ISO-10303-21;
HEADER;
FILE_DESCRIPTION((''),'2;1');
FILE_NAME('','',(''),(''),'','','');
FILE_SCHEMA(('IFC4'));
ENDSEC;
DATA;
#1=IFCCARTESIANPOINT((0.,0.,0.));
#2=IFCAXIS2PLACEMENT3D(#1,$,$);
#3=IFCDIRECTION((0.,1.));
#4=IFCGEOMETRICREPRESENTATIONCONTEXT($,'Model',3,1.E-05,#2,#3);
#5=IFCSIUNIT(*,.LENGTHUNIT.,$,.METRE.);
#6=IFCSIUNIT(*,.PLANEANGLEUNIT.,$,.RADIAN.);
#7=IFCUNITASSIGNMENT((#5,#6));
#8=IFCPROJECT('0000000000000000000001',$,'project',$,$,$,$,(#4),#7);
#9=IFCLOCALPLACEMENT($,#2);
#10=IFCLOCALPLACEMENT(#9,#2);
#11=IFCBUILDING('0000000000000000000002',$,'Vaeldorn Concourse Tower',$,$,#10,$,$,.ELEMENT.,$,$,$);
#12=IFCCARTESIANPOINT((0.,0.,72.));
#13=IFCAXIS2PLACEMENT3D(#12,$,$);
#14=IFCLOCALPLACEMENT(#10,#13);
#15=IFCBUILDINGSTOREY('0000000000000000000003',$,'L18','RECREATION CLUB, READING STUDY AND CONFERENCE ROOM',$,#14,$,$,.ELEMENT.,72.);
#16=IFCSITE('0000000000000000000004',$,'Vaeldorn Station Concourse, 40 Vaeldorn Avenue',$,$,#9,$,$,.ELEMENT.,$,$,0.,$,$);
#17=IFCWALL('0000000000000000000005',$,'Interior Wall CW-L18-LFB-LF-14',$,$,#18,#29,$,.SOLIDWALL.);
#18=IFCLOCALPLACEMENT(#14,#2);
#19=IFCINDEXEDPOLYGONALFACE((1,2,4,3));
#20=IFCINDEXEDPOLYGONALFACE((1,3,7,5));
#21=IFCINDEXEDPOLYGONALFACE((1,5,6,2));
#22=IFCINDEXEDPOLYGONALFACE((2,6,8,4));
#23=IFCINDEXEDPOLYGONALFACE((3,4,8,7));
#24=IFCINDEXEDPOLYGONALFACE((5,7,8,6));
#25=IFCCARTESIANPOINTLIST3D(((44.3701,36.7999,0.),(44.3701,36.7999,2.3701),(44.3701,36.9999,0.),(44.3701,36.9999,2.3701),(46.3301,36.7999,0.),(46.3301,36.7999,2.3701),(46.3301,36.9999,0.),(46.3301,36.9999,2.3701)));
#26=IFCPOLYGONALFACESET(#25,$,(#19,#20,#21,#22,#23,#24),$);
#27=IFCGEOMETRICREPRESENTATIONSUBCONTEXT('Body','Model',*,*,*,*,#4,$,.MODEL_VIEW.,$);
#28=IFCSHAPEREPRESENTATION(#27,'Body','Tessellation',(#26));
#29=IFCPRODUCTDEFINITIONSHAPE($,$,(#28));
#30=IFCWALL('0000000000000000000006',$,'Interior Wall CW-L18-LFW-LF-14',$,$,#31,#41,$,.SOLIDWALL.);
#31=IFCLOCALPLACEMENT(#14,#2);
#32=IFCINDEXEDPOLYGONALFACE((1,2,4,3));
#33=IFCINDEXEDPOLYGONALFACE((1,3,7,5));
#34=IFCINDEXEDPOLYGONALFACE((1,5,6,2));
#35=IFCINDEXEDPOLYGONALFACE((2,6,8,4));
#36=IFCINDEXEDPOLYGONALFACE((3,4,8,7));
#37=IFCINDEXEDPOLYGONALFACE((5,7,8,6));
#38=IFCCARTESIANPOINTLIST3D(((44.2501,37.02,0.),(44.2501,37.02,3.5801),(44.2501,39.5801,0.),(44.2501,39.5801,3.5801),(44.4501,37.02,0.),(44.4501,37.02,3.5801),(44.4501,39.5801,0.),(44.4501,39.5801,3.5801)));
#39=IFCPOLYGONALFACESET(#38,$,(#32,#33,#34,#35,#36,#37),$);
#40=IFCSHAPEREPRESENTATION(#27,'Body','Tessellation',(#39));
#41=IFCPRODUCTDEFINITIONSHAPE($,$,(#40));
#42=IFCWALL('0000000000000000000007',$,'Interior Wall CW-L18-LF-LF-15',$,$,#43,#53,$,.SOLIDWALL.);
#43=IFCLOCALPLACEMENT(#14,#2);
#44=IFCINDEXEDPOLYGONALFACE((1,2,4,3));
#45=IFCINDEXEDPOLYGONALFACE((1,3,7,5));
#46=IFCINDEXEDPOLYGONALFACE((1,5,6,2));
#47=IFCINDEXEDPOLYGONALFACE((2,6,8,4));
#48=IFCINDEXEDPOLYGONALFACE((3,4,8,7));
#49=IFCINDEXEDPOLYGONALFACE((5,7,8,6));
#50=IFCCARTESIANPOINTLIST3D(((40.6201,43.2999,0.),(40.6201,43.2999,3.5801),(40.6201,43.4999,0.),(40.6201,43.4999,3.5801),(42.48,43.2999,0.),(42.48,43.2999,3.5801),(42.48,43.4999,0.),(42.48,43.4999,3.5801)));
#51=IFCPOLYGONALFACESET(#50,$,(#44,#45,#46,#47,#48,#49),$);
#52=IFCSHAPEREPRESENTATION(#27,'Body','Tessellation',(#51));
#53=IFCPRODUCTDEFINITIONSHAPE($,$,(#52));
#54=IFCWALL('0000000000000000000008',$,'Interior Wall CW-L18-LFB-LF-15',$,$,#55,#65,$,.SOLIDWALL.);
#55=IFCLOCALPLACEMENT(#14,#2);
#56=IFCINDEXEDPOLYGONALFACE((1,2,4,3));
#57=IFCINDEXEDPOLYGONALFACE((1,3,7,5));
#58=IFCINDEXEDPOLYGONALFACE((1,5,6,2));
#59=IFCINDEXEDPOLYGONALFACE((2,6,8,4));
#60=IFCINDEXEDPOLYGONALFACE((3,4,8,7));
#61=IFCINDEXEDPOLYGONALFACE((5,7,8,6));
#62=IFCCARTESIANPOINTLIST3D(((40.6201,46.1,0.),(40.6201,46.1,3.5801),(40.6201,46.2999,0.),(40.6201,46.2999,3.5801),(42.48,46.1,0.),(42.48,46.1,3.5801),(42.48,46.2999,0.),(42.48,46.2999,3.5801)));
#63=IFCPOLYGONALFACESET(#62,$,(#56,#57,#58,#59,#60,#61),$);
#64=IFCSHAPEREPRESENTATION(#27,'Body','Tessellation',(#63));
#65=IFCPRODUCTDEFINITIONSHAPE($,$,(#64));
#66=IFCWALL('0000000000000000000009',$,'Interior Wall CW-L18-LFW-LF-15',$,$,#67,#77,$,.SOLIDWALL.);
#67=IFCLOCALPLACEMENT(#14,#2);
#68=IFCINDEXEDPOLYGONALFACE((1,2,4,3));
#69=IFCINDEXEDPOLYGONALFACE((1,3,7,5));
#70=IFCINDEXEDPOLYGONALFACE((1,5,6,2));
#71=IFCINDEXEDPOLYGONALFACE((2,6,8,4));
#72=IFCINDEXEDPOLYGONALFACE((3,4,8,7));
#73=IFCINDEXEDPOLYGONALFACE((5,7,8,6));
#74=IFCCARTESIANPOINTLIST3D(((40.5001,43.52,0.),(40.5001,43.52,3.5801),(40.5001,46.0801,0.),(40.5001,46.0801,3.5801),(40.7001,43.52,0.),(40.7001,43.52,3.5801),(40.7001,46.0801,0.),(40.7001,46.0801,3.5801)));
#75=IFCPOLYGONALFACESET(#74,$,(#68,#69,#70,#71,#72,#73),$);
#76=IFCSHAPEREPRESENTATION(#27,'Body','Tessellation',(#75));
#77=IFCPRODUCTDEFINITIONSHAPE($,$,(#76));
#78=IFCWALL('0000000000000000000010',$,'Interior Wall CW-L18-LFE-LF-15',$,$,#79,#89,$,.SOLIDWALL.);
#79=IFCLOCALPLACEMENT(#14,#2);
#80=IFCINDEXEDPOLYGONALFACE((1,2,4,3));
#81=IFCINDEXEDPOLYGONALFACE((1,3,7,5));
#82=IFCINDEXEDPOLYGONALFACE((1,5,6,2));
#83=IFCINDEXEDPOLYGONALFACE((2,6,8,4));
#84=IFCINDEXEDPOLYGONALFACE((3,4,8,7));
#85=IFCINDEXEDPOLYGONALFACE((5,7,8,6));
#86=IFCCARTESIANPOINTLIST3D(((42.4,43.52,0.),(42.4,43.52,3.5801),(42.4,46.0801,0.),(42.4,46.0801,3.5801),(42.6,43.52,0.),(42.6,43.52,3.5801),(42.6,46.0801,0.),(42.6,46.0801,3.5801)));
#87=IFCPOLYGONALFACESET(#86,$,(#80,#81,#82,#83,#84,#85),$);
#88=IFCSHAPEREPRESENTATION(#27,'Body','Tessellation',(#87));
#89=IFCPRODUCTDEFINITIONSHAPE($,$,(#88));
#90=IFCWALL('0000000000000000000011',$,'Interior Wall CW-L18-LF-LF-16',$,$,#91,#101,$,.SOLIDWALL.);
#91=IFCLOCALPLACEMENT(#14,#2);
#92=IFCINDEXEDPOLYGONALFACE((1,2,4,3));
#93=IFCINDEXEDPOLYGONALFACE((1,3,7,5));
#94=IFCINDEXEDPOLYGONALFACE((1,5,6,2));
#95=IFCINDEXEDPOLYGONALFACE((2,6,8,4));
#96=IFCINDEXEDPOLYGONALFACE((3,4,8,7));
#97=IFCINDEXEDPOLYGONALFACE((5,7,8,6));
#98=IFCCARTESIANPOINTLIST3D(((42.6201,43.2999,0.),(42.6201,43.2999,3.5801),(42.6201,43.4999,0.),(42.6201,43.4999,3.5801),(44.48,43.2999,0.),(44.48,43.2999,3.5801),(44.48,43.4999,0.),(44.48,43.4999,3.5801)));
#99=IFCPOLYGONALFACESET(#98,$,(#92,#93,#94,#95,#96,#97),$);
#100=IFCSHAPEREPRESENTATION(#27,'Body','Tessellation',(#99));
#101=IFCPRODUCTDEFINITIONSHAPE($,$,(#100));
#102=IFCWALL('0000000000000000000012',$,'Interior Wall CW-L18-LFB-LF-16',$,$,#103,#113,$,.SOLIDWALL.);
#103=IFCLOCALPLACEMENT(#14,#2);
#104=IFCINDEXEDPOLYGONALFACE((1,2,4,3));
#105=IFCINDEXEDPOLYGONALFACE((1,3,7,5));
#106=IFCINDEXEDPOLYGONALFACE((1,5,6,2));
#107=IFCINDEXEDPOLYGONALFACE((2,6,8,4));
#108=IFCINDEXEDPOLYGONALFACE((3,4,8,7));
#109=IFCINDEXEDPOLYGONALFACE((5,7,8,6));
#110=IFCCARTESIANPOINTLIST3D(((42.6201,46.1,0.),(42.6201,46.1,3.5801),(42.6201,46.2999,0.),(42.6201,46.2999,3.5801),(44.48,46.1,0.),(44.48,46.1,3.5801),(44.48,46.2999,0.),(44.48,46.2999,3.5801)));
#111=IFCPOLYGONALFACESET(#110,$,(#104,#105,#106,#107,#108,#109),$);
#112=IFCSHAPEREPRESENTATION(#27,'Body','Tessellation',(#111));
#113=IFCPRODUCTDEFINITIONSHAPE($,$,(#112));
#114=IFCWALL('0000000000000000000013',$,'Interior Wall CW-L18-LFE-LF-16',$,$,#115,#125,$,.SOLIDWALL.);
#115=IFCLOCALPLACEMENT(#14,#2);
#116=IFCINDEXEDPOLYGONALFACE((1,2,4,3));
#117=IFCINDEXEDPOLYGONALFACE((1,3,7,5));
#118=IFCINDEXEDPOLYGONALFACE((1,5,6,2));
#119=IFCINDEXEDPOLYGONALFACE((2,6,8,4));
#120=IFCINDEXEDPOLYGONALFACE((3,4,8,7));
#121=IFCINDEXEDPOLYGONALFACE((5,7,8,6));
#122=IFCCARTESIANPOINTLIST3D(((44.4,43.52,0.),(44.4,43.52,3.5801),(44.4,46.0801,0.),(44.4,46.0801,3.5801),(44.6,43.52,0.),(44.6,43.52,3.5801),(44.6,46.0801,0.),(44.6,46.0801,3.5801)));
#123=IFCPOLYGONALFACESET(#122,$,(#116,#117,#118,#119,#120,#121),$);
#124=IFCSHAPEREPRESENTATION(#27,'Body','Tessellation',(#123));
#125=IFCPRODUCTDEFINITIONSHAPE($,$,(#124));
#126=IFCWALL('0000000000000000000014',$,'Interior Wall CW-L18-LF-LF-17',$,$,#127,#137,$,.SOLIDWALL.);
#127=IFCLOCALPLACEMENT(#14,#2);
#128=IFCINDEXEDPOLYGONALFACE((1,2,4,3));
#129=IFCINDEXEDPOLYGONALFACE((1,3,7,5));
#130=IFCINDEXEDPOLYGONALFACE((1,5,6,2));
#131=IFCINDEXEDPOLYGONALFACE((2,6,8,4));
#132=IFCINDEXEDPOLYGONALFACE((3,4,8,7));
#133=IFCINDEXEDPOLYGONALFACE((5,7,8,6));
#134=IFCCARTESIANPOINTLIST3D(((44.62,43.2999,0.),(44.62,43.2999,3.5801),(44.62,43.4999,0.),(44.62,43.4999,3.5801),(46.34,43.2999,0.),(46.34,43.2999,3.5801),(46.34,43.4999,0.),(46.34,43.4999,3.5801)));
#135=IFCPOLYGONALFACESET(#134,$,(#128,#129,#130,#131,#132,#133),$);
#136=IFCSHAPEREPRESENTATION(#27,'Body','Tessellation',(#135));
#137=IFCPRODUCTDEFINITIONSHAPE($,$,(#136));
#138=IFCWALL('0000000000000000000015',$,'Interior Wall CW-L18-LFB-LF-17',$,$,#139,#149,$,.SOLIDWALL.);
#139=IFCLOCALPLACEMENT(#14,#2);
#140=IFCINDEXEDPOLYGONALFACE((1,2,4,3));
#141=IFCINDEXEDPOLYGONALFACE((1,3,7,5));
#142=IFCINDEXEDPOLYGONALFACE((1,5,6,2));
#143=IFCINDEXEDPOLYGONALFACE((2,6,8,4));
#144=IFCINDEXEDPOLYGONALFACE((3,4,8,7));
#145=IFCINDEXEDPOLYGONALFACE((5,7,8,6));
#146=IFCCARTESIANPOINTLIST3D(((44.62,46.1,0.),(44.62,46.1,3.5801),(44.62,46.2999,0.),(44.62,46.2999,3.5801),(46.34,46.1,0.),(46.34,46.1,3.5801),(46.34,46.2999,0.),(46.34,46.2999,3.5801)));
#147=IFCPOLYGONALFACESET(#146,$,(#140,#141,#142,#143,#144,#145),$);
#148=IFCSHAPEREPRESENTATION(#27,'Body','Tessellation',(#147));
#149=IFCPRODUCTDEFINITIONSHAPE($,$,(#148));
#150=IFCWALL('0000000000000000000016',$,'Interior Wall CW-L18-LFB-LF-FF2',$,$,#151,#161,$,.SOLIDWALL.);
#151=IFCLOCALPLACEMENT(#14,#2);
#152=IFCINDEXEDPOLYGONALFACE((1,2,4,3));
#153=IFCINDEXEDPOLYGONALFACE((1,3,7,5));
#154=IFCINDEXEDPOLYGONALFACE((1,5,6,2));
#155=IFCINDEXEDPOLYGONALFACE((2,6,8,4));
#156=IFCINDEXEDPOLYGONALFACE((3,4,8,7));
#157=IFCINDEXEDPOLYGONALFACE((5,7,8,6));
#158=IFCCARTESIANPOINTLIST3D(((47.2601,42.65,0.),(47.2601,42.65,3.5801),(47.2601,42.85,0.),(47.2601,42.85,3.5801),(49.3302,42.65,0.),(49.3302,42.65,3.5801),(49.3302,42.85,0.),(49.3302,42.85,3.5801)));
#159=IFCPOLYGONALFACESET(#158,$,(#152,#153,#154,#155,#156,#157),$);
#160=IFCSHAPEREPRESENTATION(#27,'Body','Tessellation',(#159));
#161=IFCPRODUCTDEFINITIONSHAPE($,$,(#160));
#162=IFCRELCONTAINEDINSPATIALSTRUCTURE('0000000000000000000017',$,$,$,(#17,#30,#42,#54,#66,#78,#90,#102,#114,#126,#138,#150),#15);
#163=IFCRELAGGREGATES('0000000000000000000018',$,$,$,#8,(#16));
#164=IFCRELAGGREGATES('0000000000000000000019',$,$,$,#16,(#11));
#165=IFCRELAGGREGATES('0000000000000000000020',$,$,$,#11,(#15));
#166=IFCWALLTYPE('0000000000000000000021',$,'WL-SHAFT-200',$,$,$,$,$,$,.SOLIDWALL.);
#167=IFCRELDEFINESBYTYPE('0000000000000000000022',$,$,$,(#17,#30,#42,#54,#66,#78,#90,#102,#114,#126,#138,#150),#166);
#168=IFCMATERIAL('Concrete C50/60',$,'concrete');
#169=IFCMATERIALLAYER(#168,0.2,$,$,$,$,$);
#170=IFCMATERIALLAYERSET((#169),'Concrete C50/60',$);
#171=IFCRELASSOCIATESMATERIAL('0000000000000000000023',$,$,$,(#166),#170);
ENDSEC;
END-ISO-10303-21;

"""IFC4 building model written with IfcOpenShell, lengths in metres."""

from ifc_helpers import new_model, si_unit, direction, frame, frame_2d, origin, place, context, subcontext, project, spatial, rectangle, extrude, material, layer, layer_set, type_object, element, save


model = new_model("IFC4")

# Units and contexts
model_context = context("Model", 3, precision=1e-05, world=origin(), true_north=direction((0.0, 1.0)))
body_context = subcontext(model_context, "Body", "Model", "MODEL_VIEW")
ifc_project = project(units=[si_unit("LENGTHUNIT", "METRE"), si_unit("PLANEANGLEUNIT", "RADIAN")], contexts=[model_context])

# Site, building, storey
site_placement = place(None, origin())
site = spatial("IfcSite", under=ifc_project, at=site_placement, Name="Vaeldorn Station Concourse, 40 Vaeldorn Avenue", CompositionType="ELEMENT", RefElevation=0.0)
building_placement = place(site_placement, origin())
building = spatial("IfcBuilding", under=site, at=building_placement, Name="Vaeldorn Concourse Tower", CompositionType="ELEMENT")
storey_placement = place(building_placement, frame((0.0, 0.0, 72.0)))
storey = spatial("IfcBuildingStorey", under=building, at=storey_placement, Name="L18", Description="RECREATION CLUB, READING STUDY AND CONFERENCE ROOM", CompositionType="ELEMENT", Elevation=72.0)

# Shared definitions
ifc_material_1 = material(Name="Concrete C50/60", Category="concrete")
ifc_layer_1 = layer(ifc_material_1, 0.2)
ifc_layer_set_1 = layer_set([ifc_layer_1], Name="Concrete C50/60")
wall_type_1 = type_object("IfcWallType", Name="WL-SHAFT-200", PredefinedType="SOLIDWALL", material=ifc_layer_set_1)

# Walls
wall_1_placement = place(storey_placement, frame((44.3701, 36.8999, 0.0), z_axis=(0.0, 0.0, 1.0), x_axis=(1.0, 0.0, 0.0)))
element("IfcWall", 1, at=wall_1_placement, inside=storey, type_object=wall_type_1, Name="Interior Wall CW-L18-LFB-LF-14", PredefinedType="SOLIDWALL", context=body_context, shape_type="SweptSolid", body=[
    extrude(rectangle(XDim=1.96, YDim=0.2, at=frame_2d((0.98, 0.0))), origin(), (0.0, 0.0, 1.0), 2.3701),
])
wall_2_placement = place(storey_placement, frame((44.3501, 37.02, 0.0), z_axis=(0.0, 0.0, 1.0), x_axis=(0.0, 1.0, 0.0)))
element("IfcWall", 2, at=wall_2_placement, inside=storey, type_object=wall_type_1, Name="Interior Wall CW-L18-LFW-LF-14", PredefinedType="SOLIDWALL", context=body_context, shape_type="SweptSolid", body=[
    extrude(rectangle(XDim=2.5601, YDim=0.2, at=frame_2d((1.28, 0.0))), origin(), (0.0, 0.0, 1.0), 3.5801),
])
for number, where, z_axis, x_axis, name in (
    (3, (40.6201, 43.3999, 0.0), (0.0, 0.0, 1.0), (1.0, 0.0, 0.0), "Interior Wall CW-L18-LF-LF-15"),
    (4, (40.6201, 46.2, 0.0), (0.0, 0.0, 1.0), (1.0, 0.0, 0.0), "Interior Wall CW-L18-LFB-LF-15"),
):
    element("IfcWall", number, at=place(storey_placement, frame(where, z_axis=z_axis, x_axis=x_axis)), inside=storey, type_object=wall_type_1, Name=name, PredefinedType="SOLIDWALL", context=body_context, shape_type="SweptSolid", body=[
        extrude(rectangle(XDim=1.8599, YDim=0.2, at=frame_2d((0.9299, 0.0))), origin(), (0.0, 0.0, 1.0), 3.5801),
    ])
for number, where, z_axis, x_axis, name in (
    (5, (40.6001, 43.52, 0.0), (0.0, 0.0, 1.0), (0.0, 1.0, 0.0), "Interior Wall CW-L18-LFW-LF-15"),
    (6, (42.5, 43.52, 0.0), (0.0, 0.0, 1.0), (0.0, 1.0, 0.0), "Interior Wall CW-L18-LFE-LF-15"),
):
    element("IfcWall", number, at=place(storey_placement, frame(where, z_axis=z_axis, x_axis=x_axis)), inside=storey, type_object=wall_type_1, Name=name, PredefinedType="SOLIDWALL", context=body_context, shape_type="SweptSolid", body=[
        extrude(rectangle(XDim=2.5601, YDim=0.2, at=frame_2d((1.28, 0.0))), origin(), (0.0, 0.0, 1.0), 3.5801),
    ])
for number, where, z_axis, x_axis, name in (
    (7, (42.6201, 43.3999, 0.0), (0.0, 0.0, 1.0), (1.0, 0.0, 0.0), "Interior Wall CW-L18-LF-LF-16"),
    (8, (42.6201, 46.2, 0.0), (0.0, 0.0, 1.0), (1.0, 0.0, 0.0), "Interior Wall CW-L18-LFB-LF-16"),
):
    element("IfcWall", number, at=place(storey_placement, frame(where, z_axis=z_axis, x_axis=x_axis)), inside=storey, type_object=wall_type_1, Name=name, PredefinedType="SOLIDWALL", context=body_context, shape_type="SweptSolid", body=[
        extrude(rectangle(XDim=1.8599, YDim=0.2, at=frame_2d((0.9299, 0.0))), origin(), (0.0, 0.0, 1.0), 3.5801),
    ])
wall_3_placement = place(storey_placement, frame((44.5, 43.52, 0.0), z_axis=(0.0, 0.0, 1.0), x_axis=(0.0, 1.0, 0.0)))
element("IfcWall", 9, at=wall_3_placement, inside=storey, type_object=wall_type_1, Name="Interior Wall CW-L18-LFE-LF-16", PredefinedType="SOLIDWALL", context=body_context, shape_type="SweptSolid", body=[
    extrude(rectangle(XDim=2.5601, YDim=0.2, at=frame_2d((1.28, 0.0))), origin(), (0.0, 0.0, 1.0), 3.5801),
])
for number, where, z_axis, x_axis, name in (
    (10, (44.6201, 43.3999, 0.0), (0.0, 0.0, 1.0), (1.0, 0.0, 0.0), "Interior Wall CW-L18-LF-LF-17"),
    (11, (44.6201, 46.2, 0.0), (0.0, 0.0, 1.0), (1.0, 0.0, 0.0), "Interior Wall CW-L18-LFB-LF-17"),
):
    element("IfcWall", number, at=place(storey_placement, frame(where, z_axis=z_axis, x_axis=x_axis)), inside=storey, type_object=wall_type_1, Name=name, PredefinedType="SOLIDWALL", context=body_context, shape_type="SweptSolid", body=[
        extrude(rectangle(XDim=1.72, YDim=0.2, at=frame_2d((0.8599, 0.0))), origin(), (0.0, 0.0, 1.0), 3.5801),
    ])

# Wall
wall_4_placement = place(storey_placement, frame((47.26, 42.75, 0.0), z_axis=(0.0, 0.0, 1.0), x_axis=(1.0, 0.0, 0.0)))
element("IfcWall", 12, at=wall_4_placement, inside=storey, type_object=wall_type_1, Name="Interior Wall CW-L18-LFB-LF-FF2", PredefinedType="SOLIDWALL", context=body_context, shape_type="SweptSolid", body=[
    extrude(rectangle(XDim=2.0701, YDim=0.2, at=frame_2d((1.0352, 0.0))), origin(), (0.0, 0.0, 1.0), 3.5801),
])

save(model, "model.ifc")
